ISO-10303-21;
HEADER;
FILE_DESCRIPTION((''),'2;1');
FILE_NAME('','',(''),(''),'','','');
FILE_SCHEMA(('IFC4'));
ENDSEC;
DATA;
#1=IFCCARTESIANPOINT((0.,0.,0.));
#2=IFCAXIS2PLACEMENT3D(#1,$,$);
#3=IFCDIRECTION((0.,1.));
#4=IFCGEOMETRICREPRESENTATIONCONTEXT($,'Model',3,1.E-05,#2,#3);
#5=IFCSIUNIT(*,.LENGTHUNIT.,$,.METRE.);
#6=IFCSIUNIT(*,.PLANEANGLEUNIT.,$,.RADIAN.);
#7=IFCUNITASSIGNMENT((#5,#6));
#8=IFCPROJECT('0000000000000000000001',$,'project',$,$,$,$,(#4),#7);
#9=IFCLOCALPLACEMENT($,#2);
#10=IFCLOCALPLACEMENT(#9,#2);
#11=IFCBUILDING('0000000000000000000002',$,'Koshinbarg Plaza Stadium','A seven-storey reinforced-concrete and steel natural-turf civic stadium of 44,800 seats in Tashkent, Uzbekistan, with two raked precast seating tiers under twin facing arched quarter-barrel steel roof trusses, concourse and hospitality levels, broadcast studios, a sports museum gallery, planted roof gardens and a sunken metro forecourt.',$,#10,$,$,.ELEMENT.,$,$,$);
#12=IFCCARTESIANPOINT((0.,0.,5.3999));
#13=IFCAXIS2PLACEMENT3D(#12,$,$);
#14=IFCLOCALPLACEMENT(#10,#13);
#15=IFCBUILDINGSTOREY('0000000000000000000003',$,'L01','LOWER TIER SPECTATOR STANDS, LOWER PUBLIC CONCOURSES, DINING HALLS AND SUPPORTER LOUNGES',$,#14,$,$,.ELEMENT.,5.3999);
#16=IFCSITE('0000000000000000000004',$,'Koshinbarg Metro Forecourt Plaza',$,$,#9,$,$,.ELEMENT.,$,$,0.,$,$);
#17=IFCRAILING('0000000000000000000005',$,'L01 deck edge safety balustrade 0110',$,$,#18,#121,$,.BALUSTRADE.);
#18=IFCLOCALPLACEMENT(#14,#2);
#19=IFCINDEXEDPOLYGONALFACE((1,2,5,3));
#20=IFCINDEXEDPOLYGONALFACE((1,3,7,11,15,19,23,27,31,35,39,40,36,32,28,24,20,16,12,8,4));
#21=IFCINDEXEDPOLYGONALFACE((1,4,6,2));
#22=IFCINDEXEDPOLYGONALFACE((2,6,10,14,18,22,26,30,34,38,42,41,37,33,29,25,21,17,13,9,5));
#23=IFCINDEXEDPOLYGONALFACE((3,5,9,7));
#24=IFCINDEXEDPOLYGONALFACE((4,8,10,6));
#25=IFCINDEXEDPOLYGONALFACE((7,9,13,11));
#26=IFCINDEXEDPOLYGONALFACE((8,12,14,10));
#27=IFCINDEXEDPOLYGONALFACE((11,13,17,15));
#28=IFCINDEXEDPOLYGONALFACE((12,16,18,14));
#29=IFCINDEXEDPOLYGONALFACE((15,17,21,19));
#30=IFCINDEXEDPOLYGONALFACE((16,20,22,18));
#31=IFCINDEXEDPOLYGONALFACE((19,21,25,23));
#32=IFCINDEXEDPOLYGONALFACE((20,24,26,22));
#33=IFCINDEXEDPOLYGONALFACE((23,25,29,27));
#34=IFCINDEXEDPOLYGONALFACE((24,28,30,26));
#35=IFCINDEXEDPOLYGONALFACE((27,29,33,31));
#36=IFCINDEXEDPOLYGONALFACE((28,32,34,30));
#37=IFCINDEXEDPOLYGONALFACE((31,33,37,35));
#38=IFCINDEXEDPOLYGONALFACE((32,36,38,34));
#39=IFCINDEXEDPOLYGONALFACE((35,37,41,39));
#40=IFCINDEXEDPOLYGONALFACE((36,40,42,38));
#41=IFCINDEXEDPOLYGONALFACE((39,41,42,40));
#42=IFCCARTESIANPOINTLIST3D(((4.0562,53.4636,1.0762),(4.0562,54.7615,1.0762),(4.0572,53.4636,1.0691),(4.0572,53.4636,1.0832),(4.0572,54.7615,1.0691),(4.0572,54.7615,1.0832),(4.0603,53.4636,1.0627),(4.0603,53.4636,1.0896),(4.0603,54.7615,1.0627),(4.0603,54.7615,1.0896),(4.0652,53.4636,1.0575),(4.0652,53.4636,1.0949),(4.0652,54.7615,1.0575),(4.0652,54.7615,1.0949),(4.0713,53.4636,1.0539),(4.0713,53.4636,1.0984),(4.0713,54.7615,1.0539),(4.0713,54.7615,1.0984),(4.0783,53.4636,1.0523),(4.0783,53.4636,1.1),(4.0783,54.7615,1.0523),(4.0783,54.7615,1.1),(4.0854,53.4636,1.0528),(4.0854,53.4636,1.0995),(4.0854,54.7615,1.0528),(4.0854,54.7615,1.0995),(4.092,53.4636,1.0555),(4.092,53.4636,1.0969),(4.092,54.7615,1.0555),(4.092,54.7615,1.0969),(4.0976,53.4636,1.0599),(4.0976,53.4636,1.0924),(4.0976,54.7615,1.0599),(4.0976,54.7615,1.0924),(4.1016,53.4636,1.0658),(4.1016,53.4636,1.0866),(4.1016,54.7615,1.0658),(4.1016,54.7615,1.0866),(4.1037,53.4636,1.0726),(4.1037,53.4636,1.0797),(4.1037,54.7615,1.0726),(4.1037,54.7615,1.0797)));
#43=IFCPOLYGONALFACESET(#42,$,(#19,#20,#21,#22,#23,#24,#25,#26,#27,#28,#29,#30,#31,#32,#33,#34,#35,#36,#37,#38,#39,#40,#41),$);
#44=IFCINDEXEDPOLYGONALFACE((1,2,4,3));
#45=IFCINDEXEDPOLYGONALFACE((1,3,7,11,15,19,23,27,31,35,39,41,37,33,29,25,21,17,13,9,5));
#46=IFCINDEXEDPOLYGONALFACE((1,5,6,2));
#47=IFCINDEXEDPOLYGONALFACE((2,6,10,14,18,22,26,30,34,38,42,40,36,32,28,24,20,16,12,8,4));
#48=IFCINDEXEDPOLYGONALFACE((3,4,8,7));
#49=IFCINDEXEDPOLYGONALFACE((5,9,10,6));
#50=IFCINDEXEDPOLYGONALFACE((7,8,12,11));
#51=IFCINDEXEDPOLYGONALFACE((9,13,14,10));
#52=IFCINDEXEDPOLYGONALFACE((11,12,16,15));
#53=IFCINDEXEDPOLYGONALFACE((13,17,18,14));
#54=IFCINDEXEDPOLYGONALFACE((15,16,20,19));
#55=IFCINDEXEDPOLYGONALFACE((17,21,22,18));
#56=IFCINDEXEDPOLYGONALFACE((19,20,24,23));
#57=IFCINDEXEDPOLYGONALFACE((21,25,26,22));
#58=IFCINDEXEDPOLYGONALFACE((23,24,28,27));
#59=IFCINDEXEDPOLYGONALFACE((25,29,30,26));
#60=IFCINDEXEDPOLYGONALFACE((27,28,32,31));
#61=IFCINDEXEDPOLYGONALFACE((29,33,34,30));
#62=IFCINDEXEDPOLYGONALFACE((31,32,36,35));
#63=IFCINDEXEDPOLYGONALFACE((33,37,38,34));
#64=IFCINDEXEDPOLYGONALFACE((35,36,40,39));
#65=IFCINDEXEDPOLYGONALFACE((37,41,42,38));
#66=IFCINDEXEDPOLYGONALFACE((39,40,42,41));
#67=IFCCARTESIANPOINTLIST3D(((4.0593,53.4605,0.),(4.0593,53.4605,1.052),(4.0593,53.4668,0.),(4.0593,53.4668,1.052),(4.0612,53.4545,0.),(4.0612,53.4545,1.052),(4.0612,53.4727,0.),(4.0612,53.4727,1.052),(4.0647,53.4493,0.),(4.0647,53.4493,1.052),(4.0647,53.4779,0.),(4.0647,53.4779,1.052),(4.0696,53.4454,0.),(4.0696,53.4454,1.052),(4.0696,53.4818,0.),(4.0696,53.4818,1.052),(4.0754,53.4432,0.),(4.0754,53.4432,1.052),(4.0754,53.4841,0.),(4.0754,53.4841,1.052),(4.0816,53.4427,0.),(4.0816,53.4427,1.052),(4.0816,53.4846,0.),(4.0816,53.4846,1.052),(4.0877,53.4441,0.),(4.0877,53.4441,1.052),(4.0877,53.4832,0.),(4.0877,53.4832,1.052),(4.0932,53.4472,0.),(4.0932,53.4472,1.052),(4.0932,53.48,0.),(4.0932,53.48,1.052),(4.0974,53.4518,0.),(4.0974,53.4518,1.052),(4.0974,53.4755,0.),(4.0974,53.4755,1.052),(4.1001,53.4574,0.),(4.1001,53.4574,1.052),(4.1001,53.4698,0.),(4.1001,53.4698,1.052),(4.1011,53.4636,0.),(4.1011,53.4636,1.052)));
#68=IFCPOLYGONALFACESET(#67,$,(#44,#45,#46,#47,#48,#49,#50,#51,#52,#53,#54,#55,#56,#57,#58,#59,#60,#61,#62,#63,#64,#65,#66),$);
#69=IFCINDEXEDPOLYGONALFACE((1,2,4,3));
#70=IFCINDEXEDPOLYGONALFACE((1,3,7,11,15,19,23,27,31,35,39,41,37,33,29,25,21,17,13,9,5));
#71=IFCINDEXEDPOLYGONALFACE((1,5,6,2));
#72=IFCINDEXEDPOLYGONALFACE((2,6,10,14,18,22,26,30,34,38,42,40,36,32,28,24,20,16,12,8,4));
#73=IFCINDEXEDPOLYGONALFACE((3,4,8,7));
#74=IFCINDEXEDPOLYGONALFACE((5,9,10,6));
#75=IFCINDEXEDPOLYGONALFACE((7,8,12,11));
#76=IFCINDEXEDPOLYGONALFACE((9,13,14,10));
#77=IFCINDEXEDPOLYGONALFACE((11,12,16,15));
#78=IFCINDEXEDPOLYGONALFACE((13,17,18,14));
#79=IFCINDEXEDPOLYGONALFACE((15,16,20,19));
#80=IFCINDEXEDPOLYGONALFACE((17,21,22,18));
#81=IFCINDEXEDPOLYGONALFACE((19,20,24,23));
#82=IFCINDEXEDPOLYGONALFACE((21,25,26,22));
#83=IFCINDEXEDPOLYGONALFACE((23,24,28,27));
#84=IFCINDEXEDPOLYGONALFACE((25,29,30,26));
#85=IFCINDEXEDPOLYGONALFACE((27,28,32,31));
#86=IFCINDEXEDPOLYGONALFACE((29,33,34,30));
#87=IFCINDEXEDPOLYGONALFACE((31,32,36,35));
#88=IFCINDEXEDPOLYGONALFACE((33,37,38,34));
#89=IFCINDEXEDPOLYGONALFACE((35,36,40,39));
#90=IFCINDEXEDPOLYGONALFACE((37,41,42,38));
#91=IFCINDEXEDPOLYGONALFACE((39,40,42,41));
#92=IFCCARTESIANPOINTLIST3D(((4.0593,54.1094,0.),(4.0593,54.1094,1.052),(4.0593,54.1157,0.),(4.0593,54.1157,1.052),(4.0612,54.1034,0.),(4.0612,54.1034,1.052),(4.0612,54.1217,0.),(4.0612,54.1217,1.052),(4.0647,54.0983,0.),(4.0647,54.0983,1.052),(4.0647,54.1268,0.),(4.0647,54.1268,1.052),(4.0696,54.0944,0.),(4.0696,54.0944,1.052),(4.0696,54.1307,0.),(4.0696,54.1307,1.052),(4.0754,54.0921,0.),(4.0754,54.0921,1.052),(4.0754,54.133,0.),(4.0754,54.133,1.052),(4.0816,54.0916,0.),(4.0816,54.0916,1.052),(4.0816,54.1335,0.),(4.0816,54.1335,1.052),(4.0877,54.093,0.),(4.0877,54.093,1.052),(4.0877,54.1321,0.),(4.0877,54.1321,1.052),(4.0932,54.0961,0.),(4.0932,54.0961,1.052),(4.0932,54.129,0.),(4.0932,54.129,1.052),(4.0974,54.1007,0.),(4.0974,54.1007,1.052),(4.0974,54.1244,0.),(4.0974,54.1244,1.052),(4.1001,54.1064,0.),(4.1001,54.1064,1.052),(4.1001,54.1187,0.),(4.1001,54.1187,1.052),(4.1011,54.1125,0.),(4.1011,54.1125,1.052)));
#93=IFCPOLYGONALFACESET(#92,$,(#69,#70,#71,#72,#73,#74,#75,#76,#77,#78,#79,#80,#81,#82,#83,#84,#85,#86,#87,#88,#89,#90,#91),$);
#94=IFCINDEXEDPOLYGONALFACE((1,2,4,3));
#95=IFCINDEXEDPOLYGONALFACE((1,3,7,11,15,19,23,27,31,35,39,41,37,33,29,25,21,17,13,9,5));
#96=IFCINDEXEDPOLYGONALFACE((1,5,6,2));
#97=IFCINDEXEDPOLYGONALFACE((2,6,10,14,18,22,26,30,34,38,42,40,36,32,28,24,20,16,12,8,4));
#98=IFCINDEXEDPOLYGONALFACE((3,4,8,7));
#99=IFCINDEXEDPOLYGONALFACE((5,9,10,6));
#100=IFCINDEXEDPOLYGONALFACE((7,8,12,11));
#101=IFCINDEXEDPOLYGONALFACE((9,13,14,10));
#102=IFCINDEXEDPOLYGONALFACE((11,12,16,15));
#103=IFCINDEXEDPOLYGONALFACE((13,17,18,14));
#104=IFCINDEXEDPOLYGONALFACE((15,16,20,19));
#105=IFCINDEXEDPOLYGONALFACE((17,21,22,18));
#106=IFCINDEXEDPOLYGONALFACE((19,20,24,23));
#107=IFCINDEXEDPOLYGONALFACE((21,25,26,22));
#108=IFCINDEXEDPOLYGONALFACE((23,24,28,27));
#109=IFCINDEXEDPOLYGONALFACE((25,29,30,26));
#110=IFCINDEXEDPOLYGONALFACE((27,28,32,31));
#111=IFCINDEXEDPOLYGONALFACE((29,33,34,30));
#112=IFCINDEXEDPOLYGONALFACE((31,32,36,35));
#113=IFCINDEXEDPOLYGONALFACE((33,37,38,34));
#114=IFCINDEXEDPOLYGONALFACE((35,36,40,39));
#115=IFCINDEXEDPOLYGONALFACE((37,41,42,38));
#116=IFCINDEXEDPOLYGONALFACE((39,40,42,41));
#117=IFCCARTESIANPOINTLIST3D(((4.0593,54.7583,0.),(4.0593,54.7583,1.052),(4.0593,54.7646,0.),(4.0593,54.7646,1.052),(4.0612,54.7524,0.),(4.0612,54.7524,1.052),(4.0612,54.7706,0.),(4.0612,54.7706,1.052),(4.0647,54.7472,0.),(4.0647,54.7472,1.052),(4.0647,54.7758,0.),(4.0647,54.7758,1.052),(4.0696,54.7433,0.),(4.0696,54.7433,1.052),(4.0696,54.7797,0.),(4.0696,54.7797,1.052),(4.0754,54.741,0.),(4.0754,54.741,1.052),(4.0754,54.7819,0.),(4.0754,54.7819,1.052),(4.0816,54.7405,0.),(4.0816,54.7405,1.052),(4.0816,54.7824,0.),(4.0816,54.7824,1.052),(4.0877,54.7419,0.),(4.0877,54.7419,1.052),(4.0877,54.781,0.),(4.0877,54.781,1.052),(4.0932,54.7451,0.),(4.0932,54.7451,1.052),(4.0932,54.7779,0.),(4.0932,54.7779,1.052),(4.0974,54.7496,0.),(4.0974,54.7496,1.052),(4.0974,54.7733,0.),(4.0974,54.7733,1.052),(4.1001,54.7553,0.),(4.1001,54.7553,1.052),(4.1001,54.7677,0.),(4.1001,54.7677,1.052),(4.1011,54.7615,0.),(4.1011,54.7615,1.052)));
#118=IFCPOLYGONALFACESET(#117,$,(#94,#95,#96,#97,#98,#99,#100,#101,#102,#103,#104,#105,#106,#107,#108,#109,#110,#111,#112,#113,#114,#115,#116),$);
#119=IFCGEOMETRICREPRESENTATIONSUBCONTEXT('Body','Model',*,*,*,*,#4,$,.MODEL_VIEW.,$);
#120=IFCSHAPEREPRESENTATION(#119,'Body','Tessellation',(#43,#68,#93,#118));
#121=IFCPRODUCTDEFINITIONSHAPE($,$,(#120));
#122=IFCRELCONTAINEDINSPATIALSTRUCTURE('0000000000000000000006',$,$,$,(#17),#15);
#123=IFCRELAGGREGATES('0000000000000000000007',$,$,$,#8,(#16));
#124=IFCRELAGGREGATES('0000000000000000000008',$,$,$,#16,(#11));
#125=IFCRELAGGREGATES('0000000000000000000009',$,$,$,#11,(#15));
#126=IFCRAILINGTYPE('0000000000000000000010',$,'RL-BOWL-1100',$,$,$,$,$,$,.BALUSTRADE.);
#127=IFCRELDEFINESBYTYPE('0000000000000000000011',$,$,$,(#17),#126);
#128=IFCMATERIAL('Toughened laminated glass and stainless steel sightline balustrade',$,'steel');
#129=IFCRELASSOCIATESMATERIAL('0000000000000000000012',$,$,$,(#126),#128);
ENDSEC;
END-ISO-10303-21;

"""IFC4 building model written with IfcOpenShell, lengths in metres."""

from ifc_helpers import new_model, si_unit, direction, frame, origin, origin_2d, place, context, subcontext, project, spatial, circle, extrude, material, type_object, element, save


model = new_model("IFC4")

# Units and contexts
model_context = context("Model", 3, precision=1e-05, world=origin(), true_north=direction((0.0, 1.0)))
body_context = subcontext(model_context, "Body", "Model", "MODEL_VIEW")
ifc_project = project(units=[si_unit("LENGTHUNIT", "METRE"), si_unit("PLANEANGLEUNIT", "RADIAN")], contexts=[model_context])

# Site, building, storey
site_placement = place(None, origin())
site = spatial("IfcSite", under=ifc_project, at=site_placement, Name="Koshinbarg Metro Forecourt Plaza", CompositionType="ELEMENT", RefElevation=0.0)
building_placement = place(site_placement, origin())
building = spatial("IfcBuilding", under=site, at=building_placement, Name="Koshinbarg Plaza Stadium", Description="A seven-storey reinforced-concrete and steel natural-turf civic stadium of 44,800 seats in Tashkent, Uzbekistan, with two raked precast seating tiers under twin facing arched quarter-barrel steel roof trusses, concourse and hospitality levels, broadcast studios, a sports museum gallery, planted roof gardens and a sunken metro forecourt.", CompositionType="ELEMENT")
storey_placement = place(building_placement, frame((0.0, 0.0, 5.3999)))
storey = spatial("IfcBuildingStorey", under=building, at=storey_placement, Name="L01", Description="LOWER TIER SPECTATOR STANDS, LOWER PUBLIC CONCOURSES, DINING HALLS AND SUPPORTER LOUNGES", CompositionType="ELEMENT", Elevation=5.3999)

# Railing
ifc_material_1 = material(Name="Toughened laminated glass and stainless steel sightline balustrade", Category="steel")
railing_type = type_object("IfcRailingType", Name="RL-BOWL-1100", PredefinedType="BALUSTRADE", material=ifc_material_1)
railing_placement = place(storey_placement, frame((4.0801, 53.4636, 0.0)))
element("IfcRailing", 1, at=railing_placement, inside=storey, type_object=railing_type, Name="L01 deck edge safety balustrade 0110", PredefinedType="BALUSTRADE", context=body_context, shape_type="SweptSolid", body=[
    extrude(circle(Radius=0.0239, at=origin_2d()), frame((0.0, 0.0, 1.0762), z_axis=(0.0, 1.0, 0.0), x_axis=(-1.0, 0.0, 0.0)), (0.0, 0.0, 1.0), 1.2979),
    extrude(circle(Radius=0.021, at=origin_2d()), origin(), (0.0, 0.0, 1.0), 1.052),
    extrude(circle(Radius=0.021, at=origin_2d()), frame((0.0, 0.6489, 0.0)), (0.0, 0.0, 1.0), 1.052),
    extrude(circle(Radius=0.021, at=origin_2d()), frame((0.0, 1.2979, 0.0)), (0.0, 0.0, 1.0), 1.052),
])

save(model, "model.ifc")
